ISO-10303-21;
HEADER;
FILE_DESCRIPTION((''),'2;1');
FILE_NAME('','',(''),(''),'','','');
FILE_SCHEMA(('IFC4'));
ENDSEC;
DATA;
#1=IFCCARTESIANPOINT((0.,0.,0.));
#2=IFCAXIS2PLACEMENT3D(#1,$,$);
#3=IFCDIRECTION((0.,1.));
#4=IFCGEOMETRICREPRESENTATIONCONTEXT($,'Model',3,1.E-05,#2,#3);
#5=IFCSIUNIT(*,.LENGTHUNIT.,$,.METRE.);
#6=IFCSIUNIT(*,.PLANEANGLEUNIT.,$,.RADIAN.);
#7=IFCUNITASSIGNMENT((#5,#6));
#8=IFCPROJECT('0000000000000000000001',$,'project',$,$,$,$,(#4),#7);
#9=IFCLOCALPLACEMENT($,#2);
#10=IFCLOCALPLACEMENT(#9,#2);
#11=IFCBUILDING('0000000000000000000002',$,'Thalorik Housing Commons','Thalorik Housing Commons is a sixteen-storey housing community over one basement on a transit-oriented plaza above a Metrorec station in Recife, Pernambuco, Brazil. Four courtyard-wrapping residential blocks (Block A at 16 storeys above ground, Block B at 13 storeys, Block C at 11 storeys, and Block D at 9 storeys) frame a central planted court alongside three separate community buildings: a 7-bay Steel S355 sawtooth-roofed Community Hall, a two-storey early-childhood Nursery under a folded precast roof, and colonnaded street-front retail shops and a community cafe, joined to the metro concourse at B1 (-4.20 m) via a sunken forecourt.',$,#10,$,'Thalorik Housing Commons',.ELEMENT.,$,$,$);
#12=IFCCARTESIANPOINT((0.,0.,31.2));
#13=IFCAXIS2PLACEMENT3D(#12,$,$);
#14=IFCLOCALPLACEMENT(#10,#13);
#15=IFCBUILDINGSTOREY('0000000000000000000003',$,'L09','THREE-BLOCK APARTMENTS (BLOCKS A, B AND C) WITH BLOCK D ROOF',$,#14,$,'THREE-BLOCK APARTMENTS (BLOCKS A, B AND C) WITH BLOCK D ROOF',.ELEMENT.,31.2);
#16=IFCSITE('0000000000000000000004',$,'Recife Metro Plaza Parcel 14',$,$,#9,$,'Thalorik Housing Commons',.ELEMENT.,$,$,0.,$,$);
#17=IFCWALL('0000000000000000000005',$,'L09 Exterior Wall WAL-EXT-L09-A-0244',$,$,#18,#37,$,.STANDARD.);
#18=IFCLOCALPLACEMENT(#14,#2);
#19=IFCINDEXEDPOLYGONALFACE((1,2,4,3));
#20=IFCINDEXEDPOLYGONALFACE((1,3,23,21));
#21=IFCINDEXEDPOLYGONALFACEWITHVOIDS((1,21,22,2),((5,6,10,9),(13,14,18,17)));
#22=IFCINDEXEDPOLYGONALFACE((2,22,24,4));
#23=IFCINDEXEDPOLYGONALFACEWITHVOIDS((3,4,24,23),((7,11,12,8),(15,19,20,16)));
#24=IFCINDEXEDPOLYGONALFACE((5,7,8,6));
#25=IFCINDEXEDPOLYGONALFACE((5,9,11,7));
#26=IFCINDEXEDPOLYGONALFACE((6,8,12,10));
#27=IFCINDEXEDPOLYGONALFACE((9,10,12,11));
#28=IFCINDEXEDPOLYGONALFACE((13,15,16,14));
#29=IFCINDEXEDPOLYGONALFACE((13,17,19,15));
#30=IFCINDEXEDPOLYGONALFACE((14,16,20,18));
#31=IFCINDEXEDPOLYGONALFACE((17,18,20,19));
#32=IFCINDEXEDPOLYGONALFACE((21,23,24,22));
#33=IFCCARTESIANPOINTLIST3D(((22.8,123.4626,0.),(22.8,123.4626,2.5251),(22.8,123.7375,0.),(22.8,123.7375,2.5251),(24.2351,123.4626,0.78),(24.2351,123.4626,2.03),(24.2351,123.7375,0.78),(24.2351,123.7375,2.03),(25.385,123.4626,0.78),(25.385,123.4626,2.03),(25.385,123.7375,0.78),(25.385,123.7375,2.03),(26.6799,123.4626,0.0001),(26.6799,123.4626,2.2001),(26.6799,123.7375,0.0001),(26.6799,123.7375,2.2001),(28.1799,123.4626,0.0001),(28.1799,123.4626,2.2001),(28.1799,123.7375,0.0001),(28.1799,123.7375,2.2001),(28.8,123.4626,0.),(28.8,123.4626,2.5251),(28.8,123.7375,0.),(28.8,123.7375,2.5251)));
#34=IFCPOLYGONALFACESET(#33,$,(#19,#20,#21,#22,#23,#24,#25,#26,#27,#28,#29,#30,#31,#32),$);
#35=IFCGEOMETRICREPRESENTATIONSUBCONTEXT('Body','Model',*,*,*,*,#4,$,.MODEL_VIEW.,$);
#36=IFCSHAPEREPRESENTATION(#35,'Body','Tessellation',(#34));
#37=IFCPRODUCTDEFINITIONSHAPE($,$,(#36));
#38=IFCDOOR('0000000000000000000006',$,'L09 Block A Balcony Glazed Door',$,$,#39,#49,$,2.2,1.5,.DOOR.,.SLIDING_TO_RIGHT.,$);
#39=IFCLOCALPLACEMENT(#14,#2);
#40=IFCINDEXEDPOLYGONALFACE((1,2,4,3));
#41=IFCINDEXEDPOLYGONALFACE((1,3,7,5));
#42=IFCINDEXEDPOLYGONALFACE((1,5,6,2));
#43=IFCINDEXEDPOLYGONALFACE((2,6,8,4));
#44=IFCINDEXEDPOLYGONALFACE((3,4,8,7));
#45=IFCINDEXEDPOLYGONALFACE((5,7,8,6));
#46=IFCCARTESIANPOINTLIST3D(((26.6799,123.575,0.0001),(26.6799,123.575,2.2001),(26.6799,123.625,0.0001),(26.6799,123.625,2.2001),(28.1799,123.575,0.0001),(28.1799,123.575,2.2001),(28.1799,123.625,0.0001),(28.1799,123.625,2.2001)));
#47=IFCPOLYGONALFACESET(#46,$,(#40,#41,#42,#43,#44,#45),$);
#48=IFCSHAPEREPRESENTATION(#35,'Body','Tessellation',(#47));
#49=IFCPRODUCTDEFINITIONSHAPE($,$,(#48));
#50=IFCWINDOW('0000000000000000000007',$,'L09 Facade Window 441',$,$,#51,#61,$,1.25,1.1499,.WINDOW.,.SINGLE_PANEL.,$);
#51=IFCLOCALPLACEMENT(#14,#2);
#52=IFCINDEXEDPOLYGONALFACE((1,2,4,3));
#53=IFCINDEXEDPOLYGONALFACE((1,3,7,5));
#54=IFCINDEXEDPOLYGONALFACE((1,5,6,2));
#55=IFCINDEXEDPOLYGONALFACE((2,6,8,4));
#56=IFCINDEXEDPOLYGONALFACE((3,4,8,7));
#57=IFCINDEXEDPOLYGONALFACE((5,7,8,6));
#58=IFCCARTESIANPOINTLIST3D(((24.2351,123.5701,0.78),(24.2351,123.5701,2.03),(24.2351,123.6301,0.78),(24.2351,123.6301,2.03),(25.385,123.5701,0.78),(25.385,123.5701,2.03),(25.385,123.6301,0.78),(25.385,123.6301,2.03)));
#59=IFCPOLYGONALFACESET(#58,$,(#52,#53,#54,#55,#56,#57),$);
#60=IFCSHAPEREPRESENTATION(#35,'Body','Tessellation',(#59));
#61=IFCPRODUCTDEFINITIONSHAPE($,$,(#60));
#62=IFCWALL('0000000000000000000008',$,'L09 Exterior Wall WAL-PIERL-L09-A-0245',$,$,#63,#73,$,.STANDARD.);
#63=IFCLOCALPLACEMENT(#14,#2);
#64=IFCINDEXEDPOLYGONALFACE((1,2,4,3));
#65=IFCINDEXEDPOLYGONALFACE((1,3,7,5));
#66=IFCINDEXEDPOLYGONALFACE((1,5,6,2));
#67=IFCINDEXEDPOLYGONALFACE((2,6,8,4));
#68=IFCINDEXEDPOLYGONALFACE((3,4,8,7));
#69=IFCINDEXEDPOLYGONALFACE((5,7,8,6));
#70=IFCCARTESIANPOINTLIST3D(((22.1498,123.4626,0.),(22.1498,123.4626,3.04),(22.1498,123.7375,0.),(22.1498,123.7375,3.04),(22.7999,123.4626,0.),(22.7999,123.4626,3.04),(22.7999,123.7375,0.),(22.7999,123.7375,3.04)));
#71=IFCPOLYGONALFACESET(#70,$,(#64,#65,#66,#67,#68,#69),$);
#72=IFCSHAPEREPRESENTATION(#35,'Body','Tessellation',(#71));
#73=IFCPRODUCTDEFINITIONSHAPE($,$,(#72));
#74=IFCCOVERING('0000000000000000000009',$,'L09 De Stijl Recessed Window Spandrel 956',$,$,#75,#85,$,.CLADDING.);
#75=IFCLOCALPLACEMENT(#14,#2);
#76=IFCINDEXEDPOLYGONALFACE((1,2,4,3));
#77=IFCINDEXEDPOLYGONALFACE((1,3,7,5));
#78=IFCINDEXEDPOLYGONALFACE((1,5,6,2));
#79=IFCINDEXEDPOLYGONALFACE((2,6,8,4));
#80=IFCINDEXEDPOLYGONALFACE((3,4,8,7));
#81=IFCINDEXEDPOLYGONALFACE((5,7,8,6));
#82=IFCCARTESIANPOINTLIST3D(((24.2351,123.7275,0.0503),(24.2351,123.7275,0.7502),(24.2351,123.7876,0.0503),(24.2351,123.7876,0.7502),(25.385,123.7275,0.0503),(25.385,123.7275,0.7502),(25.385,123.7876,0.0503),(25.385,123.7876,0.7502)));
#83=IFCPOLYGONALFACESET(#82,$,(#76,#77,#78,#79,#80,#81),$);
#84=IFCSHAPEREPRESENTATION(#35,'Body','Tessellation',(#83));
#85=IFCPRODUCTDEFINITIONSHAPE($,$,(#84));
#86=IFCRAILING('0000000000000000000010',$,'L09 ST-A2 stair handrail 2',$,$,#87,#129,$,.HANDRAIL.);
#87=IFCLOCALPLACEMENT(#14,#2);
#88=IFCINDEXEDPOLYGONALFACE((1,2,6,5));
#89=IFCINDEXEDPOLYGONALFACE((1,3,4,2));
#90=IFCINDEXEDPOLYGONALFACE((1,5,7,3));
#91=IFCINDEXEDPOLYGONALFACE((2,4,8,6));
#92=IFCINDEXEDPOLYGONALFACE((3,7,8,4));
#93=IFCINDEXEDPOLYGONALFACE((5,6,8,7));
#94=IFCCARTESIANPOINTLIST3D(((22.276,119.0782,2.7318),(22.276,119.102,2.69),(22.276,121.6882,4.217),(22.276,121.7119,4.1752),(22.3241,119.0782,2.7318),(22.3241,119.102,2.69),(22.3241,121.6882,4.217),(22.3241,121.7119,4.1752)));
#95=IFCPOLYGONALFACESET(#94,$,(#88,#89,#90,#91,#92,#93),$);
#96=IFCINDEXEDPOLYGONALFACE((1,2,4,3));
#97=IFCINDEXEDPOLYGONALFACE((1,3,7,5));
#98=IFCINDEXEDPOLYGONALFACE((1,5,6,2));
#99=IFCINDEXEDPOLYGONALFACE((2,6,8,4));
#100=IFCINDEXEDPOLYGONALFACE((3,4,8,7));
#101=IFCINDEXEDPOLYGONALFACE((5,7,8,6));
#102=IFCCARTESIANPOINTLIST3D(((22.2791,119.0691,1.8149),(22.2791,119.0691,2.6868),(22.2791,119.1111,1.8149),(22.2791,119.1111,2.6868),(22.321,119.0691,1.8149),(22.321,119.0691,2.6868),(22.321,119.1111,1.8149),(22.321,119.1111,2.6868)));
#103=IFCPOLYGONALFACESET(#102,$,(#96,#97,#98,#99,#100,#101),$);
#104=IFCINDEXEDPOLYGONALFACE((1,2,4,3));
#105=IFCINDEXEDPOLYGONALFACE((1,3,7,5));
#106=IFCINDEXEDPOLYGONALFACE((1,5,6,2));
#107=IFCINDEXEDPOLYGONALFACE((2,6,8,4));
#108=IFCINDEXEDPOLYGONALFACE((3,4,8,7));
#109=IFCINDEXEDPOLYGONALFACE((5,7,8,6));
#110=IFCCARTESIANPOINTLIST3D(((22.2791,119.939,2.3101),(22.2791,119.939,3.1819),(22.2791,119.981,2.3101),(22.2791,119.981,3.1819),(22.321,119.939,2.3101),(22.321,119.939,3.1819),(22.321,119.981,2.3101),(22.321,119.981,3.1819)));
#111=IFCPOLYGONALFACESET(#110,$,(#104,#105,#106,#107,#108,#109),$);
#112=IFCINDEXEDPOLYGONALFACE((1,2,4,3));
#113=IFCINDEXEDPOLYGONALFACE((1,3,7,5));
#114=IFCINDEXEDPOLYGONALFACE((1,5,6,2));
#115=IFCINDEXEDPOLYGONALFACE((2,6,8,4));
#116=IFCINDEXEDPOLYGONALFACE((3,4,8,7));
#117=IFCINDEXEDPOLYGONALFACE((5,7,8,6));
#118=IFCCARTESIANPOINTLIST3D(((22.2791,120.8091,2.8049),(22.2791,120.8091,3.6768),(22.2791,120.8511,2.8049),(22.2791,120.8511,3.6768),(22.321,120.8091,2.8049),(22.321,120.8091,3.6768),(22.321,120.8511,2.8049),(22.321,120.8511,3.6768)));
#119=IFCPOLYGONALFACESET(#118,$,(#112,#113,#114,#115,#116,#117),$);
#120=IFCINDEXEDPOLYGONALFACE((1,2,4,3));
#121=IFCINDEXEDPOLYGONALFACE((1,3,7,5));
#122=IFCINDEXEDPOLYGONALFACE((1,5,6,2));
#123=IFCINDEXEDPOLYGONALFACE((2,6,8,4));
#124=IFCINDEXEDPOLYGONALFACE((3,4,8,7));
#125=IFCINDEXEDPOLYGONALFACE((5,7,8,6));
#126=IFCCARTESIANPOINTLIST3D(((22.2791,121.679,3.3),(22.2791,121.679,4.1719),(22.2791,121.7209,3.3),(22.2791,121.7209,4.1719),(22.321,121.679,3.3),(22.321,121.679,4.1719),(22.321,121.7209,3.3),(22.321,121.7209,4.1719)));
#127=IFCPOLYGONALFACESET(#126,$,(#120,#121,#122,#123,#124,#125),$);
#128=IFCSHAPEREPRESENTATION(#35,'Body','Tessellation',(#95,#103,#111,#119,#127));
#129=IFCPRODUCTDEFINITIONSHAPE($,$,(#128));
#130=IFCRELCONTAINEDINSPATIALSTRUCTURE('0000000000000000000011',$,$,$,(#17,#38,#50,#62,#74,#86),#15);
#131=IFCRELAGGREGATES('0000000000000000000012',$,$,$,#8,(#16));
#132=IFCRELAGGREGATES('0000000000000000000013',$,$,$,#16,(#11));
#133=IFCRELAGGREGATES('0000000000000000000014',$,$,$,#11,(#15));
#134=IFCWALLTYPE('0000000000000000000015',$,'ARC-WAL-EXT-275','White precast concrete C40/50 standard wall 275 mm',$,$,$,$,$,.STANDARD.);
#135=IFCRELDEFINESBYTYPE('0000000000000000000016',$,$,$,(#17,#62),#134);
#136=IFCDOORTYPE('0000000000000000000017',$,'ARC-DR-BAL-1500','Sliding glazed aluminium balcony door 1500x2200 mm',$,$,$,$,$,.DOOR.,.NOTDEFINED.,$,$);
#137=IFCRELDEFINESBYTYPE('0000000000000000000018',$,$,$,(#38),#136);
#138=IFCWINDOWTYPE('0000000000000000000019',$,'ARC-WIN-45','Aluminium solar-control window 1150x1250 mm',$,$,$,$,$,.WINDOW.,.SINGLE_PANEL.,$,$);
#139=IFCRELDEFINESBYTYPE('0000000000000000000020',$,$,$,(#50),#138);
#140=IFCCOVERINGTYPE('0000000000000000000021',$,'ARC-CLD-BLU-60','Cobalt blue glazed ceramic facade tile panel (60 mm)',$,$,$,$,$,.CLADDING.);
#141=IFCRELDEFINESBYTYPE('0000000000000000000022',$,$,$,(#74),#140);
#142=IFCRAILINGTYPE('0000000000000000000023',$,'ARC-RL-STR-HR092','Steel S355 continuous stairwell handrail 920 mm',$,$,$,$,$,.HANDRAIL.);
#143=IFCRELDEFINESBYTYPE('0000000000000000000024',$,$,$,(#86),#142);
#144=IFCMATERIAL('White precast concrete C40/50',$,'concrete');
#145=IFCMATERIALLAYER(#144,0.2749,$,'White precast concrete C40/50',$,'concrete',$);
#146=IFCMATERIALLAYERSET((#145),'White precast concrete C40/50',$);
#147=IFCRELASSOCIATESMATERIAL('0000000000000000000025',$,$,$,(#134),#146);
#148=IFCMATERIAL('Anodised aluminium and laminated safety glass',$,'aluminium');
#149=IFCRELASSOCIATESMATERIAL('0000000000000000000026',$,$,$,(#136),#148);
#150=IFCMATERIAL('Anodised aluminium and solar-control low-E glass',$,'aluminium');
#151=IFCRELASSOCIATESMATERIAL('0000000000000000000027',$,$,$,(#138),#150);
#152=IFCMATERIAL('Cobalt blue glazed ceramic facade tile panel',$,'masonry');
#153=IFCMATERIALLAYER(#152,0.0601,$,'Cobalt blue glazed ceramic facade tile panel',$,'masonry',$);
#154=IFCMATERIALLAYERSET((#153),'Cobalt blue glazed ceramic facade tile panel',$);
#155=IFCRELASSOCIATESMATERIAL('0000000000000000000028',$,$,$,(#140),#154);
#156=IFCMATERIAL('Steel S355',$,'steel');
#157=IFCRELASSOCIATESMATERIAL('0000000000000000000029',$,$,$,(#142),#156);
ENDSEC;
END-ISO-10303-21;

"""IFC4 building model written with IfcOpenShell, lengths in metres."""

from ifc_helpers import new_model, si_unit, direction, frame, frame_2d, origin, origin_2d, place, context, subcontext, project, spatial, rectangle, extrude, material, layer, layer_set, type_object, element, fill, save


model = new_model("IFC4")

# Units and contexts
model_context = context("Model", 3, precision=1e-05, world=origin(), true_north=direction((0.0, 1.0)))
body_context = subcontext(model_context, "Body", "Model", "MODEL_VIEW")
ifc_project = project(units=[si_unit("LENGTHUNIT", "METRE"), si_unit("PLANEANGLEUNIT", "RADIAN")], contexts=[model_context])

# Site, building, storey
site_placement = place(None, origin())
site = spatial("IfcSite", under=ifc_project, at=site_placement, Name="Recife Metro Plaza Parcel 14", LongName="Thalorik Housing Commons", CompositionType="ELEMENT", RefElevation=0.0)
building_placement = place(site_placement, origin())
building = spatial("IfcBuilding", under=site, at=building_placement, Name="Thalorik Housing Commons", Description="Thalorik Housing Commons is a sixteen-storey housing community over one basement on a transit-oriented plaza above a Metrorec station in Recife, Pernambuco, Brazil. Four courtyard-wrapping residential blocks (Block A at 16 storeys above ground, Block B at 13 storeys, Block C at 11 storeys, and Block D at 9 storeys) frame a central planted court alongside three separate community buildings: a 7-bay Steel S355 sawtooth-roofed Community Hall, a two-storey early-childhood Nursery under a folded precast roof, and colonnaded street-front retail shops and a community cafe, joined to the metro concourse at B1 (-4.20 m) via a sunken forecourt.", LongName="Thalorik Housing Commons", CompositionType="ELEMENT")
storey_placement = place(building_placement, frame((0.0, 0.0, 31.2)))
storey = spatial("IfcBuildingStorey", under=building, at=storey_placement, Name="L09", Description="THREE-BLOCK APARTMENTS (BLOCKS A, B AND C) WITH BLOCK D ROOF", LongName="THREE-BLOCK APARTMENTS (BLOCKS A, B AND C) WITH BLOCK D ROOF", CompositionType="ELEMENT", Elevation=31.2)

# Shared definitions
ifc_material_1 = material(Name="Anodised aluminium and solar-control low-E glass", Category="aluminium")

# Wall, openings, door, window
ifc_material_2 = material(Name="White precast concrete C40/50", Category="concrete")
ifc_layer_1 = layer(ifc_material_2, 0.2749, Name="White precast concrete C40/50", Category="concrete")
ifc_layer_set_1 = layer_set([ifc_layer_1], Name="White precast concrete C40/50")
wall_type_1 = type_object("IfcWallType", Name="ARC-WAL-EXT-275", Description="White precast concrete C40/50 standard wall 275 mm", PredefinedType="STANDARD", material=ifc_layer_set_1)
wall_1_placement = place(storey_placement, frame((28.8, 123.6001, 0.0), z_axis=(0.0, 0.0, 1.0), x_axis=(-1.0, 0.0, 0.0)))
wall_1 = element("IfcWall", 1, at=wall_1_placement, inside=storey, type_object=wall_type_1, Name="L09 Exterior Wall WAL-EXT-L09-A-0244", PredefinedType="STANDARD", context=body_context, shape_type="SweptSolid", body=[
    extrude(rectangle(XDim=6.0, YDim=0.2749, at=frame_2d((3.0, 0.0))), origin(), (0.0, 0.0, 1.0), 2.5251),
])
opening_1_placement = place(wall_1_placement, frame((0.6201, 0.0, 0.0)))
opening_1 = element("IfcOpeningElement", 2, at=opening_1_placement, cuts=wall_1, PredefinedType="OPENING", context=body_context, shape_type="SweptSolid", body=[
    extrude(rectangle(XDim=1.5, YDim=2.2, at=frame_2d((0.75, 1.1001))), frame((0.0, 0.1475, 0.0), z_axis=(0.0, -1.0, 0.0), x_axis=(1.0, 0.0, 0.0)), (0.0, 0.0, 1.0), 0.2949),
])
opening_2_placement = place(wall_1_placement, frame((3.415, 0.0, 0.78)))
opening_2 = element("IfcOpeningElement", 3, at=opening_2_placement, cuts=wall_1, PredefinedType="OPENING", context=body_context, shape_type="SweptSolid", body=[
    extrude(rectangle(XDim=1.1499, YDim=1.25, at=frame_2d((0.575, 0.625))), frame((0.0, 0.1475, 0.0), z_axis=(0.0, -1.0, 0.0), x_axis=(1.0, 0.0, 0.0)), (0.0, 0.0, 1.0), 0.2949),
])
ifc_material_3 = material(Name="Anodised aluminium and laminated safety glass", Category="aluminium")
door_type_1 = type_object("IfcDoorType", Name="ARC-DR-BAL-1500", Description="Sliding glazed aluminium balcony door 1500x2200 mm", OperationType="NOTDEFINED", PredefinedType="DOOR", material=ifc_material_3)
door_1_placement = place(opening_1_placement, frame((1.5, 0.0, 0.0), z_axis=(0.0, 0.0, 1.0), x_axis=(-1.0, 0.0, 0.0)))
door_1 = element("IfcDoor", 4, at=door_1_placement, inside=storey, type_object=door_type_1, Name="L09 Block A Balcony Glazed Door", OperationType="SLIDING_TO_RIGHT", OverallHeight=2.2, OverallWidth=1.5, PredefinedType="DOOR", context=body_context, shape_type="SweptSolid", body=[
    extrude(rectangle(XDim=1.5, YDim=2.2, at=frame_2d((0.75, 1.1001))), frame((0.0, 0.0249, 0.0), z_axis=(0.0, -1.0, 0.0), x_axis=(1.0, 0.0, 0.0)), (0.0, 0.0, 1.0), 0.05),
])
fill(opening_1, door_1)
window_type = type_object("IfcWindowType", Name="ARC-WIN-45", Description="Aluminium solar-control window 1150x1250 mm", PartitioningType="SINGLE_PANEL", PredefinedType="WINDOW", material=ifc_material_1)
window_placement = place(opening_2_placement, origin())
window = element("IfcWindow", 5, at=window_placement, inside=storey, type_object=window_type, Name="L09 Facade Window 441", OverallHeight=1.25, OverallWidth=1.1499, PartitioningType="SINGLE_PANEL", PredefinedType="WINDOW", context=body_context, shape_type="SweptSolid", body=[
    extrude(rectangle(XDim=1.1499, YDim=1.25, at=frame_2d((0.575, 0.625))), frame((0.0, 0.03, 0.0), z_axis=(0.0, -1.0, 0.0), x_axis=(1.0, 0.0, 0.0)), (0.0, 0.0, 1.0), 0.0601),
])
fill(opening_2, window)

# Wall
wall_2_placement = place(storey_placement, frame((22.8, 123.6001, 0.0), z_axis=(0.0, 0.0, 1.0), x_axis=(-1.0, 0.0, 0.0)))
element("IfcWall", 6, at=wall_2_placement, inside=storey, type_object=wall_type_1, Name="L09 Exterior Wall WAL-PIERL-L09-A-0245", PredefinedType="STANDARD", context=body_context, shape_type="SweptSolid", body=[
    extrude(rectangle(XDim=0.6501, YDim=0.2749, at=frame_2d((0.3252, 0.0))), origin(), (0.0, 0.0, 1.0), 3.04),
])

# Covering
ifc_material_4 = material(Name="Cobalt blue glazed ceramic facade tile panel", Category="masonry")
ifc_layer_2 = layer(ifc_material_4, 0.0601, Name="Cobalt blue glazed ceramic facade tile panel", Category="masonry")
ifc_layer_set_2 = layer_set([ifc_layer_2], Name="Cobalt blue glazed ceramic facade tile panel")
covering_type_1 = type_object("IfcCoveringType", Name="ARC-CLD-BLU-60", Description="Cobalt blue glazed ceramic facade tile panel (60 mm)", PredefinedType="CLADDING", material=ifc_layer_set_2)
covering_1_placement = place(storey_placement, frame((24.8101, 123.7576, 0.0503), z_axis=(0.0, 0.0, 1.0), x_axis=(-1.0, 0.0, 0.0)))
element("IfcCovering", 7, at=covering_1_placement, inside=storey, type_object=covering_type_1, Name="L09 De Stijl Recessed Window Spandrel 956", PredefinedType="CLADDING", context=body_context, shape_type="SweptSolid", body=[
    extrude(rectangle(XDim=1.1499, YDim=0.0601, at=origin_2d()), origin(), (0.0, 0.0, 1.0), 0.7),
])

# Railing
ifc_material_5 = material(Name="Steel S355", Category="steel")
railing_type_1 = type_object("IfcRailingType", Name="ARC-RL-STR-HR092", Description="Steel S355 continuous stairwell handrail 920 mm", PredefinedType="HANDRAIL", material=ifc_material_5)
railing_1_placement = place(storey_placement, frame((22.3, 119.0901, 1.8149)))
element("IfcRailing", 8, at=railing_1_placement, inside=storey, type_object=railing_type_1, Name="L09 ST-A2 stair handrail 2", PredefinedType="HANDRAIL", context=body_context, shape_type="SweptSolid", body=[
    extrude(rectangle(XDim=0.0481, YDim=0.0481, at=origin_2d()), frame((0.0, 0.0, 0.896), z_axis=(0.0, 0.869137, 0.494571), x_axis=(-1.0, 0.0, 0.0)), (0.0, 0.0, 1.0), 3.0029),
    extrude(rectangle(XDim=0.042, YDim=0.042, at=origin_2d()), origin(), (0.0, 0.0, 1.0), 0.8718),
    extrude(rectangle(XDim=0.042, YDim=0.042, at=origin_2d()), frame((0.0, 0.8699, 0.4951)), (0.0, 0.0, 1.0), 0.8718),
    extrude(rectangle(XDim=0.042, YDim=0.042, at=origin_2d()), frame((0.0, 1.74, 0.99)), (0.0, 0.0, 1.0), 0.8718),
    extrude(rectangle(XDim=0.042, YDim=0.042, at=origin_2d()), frame((0.0, 2.6099, 1.4851)), (0.0, 0.0, 1.0), 0.8718),
])

save(model, "model.ifc")
